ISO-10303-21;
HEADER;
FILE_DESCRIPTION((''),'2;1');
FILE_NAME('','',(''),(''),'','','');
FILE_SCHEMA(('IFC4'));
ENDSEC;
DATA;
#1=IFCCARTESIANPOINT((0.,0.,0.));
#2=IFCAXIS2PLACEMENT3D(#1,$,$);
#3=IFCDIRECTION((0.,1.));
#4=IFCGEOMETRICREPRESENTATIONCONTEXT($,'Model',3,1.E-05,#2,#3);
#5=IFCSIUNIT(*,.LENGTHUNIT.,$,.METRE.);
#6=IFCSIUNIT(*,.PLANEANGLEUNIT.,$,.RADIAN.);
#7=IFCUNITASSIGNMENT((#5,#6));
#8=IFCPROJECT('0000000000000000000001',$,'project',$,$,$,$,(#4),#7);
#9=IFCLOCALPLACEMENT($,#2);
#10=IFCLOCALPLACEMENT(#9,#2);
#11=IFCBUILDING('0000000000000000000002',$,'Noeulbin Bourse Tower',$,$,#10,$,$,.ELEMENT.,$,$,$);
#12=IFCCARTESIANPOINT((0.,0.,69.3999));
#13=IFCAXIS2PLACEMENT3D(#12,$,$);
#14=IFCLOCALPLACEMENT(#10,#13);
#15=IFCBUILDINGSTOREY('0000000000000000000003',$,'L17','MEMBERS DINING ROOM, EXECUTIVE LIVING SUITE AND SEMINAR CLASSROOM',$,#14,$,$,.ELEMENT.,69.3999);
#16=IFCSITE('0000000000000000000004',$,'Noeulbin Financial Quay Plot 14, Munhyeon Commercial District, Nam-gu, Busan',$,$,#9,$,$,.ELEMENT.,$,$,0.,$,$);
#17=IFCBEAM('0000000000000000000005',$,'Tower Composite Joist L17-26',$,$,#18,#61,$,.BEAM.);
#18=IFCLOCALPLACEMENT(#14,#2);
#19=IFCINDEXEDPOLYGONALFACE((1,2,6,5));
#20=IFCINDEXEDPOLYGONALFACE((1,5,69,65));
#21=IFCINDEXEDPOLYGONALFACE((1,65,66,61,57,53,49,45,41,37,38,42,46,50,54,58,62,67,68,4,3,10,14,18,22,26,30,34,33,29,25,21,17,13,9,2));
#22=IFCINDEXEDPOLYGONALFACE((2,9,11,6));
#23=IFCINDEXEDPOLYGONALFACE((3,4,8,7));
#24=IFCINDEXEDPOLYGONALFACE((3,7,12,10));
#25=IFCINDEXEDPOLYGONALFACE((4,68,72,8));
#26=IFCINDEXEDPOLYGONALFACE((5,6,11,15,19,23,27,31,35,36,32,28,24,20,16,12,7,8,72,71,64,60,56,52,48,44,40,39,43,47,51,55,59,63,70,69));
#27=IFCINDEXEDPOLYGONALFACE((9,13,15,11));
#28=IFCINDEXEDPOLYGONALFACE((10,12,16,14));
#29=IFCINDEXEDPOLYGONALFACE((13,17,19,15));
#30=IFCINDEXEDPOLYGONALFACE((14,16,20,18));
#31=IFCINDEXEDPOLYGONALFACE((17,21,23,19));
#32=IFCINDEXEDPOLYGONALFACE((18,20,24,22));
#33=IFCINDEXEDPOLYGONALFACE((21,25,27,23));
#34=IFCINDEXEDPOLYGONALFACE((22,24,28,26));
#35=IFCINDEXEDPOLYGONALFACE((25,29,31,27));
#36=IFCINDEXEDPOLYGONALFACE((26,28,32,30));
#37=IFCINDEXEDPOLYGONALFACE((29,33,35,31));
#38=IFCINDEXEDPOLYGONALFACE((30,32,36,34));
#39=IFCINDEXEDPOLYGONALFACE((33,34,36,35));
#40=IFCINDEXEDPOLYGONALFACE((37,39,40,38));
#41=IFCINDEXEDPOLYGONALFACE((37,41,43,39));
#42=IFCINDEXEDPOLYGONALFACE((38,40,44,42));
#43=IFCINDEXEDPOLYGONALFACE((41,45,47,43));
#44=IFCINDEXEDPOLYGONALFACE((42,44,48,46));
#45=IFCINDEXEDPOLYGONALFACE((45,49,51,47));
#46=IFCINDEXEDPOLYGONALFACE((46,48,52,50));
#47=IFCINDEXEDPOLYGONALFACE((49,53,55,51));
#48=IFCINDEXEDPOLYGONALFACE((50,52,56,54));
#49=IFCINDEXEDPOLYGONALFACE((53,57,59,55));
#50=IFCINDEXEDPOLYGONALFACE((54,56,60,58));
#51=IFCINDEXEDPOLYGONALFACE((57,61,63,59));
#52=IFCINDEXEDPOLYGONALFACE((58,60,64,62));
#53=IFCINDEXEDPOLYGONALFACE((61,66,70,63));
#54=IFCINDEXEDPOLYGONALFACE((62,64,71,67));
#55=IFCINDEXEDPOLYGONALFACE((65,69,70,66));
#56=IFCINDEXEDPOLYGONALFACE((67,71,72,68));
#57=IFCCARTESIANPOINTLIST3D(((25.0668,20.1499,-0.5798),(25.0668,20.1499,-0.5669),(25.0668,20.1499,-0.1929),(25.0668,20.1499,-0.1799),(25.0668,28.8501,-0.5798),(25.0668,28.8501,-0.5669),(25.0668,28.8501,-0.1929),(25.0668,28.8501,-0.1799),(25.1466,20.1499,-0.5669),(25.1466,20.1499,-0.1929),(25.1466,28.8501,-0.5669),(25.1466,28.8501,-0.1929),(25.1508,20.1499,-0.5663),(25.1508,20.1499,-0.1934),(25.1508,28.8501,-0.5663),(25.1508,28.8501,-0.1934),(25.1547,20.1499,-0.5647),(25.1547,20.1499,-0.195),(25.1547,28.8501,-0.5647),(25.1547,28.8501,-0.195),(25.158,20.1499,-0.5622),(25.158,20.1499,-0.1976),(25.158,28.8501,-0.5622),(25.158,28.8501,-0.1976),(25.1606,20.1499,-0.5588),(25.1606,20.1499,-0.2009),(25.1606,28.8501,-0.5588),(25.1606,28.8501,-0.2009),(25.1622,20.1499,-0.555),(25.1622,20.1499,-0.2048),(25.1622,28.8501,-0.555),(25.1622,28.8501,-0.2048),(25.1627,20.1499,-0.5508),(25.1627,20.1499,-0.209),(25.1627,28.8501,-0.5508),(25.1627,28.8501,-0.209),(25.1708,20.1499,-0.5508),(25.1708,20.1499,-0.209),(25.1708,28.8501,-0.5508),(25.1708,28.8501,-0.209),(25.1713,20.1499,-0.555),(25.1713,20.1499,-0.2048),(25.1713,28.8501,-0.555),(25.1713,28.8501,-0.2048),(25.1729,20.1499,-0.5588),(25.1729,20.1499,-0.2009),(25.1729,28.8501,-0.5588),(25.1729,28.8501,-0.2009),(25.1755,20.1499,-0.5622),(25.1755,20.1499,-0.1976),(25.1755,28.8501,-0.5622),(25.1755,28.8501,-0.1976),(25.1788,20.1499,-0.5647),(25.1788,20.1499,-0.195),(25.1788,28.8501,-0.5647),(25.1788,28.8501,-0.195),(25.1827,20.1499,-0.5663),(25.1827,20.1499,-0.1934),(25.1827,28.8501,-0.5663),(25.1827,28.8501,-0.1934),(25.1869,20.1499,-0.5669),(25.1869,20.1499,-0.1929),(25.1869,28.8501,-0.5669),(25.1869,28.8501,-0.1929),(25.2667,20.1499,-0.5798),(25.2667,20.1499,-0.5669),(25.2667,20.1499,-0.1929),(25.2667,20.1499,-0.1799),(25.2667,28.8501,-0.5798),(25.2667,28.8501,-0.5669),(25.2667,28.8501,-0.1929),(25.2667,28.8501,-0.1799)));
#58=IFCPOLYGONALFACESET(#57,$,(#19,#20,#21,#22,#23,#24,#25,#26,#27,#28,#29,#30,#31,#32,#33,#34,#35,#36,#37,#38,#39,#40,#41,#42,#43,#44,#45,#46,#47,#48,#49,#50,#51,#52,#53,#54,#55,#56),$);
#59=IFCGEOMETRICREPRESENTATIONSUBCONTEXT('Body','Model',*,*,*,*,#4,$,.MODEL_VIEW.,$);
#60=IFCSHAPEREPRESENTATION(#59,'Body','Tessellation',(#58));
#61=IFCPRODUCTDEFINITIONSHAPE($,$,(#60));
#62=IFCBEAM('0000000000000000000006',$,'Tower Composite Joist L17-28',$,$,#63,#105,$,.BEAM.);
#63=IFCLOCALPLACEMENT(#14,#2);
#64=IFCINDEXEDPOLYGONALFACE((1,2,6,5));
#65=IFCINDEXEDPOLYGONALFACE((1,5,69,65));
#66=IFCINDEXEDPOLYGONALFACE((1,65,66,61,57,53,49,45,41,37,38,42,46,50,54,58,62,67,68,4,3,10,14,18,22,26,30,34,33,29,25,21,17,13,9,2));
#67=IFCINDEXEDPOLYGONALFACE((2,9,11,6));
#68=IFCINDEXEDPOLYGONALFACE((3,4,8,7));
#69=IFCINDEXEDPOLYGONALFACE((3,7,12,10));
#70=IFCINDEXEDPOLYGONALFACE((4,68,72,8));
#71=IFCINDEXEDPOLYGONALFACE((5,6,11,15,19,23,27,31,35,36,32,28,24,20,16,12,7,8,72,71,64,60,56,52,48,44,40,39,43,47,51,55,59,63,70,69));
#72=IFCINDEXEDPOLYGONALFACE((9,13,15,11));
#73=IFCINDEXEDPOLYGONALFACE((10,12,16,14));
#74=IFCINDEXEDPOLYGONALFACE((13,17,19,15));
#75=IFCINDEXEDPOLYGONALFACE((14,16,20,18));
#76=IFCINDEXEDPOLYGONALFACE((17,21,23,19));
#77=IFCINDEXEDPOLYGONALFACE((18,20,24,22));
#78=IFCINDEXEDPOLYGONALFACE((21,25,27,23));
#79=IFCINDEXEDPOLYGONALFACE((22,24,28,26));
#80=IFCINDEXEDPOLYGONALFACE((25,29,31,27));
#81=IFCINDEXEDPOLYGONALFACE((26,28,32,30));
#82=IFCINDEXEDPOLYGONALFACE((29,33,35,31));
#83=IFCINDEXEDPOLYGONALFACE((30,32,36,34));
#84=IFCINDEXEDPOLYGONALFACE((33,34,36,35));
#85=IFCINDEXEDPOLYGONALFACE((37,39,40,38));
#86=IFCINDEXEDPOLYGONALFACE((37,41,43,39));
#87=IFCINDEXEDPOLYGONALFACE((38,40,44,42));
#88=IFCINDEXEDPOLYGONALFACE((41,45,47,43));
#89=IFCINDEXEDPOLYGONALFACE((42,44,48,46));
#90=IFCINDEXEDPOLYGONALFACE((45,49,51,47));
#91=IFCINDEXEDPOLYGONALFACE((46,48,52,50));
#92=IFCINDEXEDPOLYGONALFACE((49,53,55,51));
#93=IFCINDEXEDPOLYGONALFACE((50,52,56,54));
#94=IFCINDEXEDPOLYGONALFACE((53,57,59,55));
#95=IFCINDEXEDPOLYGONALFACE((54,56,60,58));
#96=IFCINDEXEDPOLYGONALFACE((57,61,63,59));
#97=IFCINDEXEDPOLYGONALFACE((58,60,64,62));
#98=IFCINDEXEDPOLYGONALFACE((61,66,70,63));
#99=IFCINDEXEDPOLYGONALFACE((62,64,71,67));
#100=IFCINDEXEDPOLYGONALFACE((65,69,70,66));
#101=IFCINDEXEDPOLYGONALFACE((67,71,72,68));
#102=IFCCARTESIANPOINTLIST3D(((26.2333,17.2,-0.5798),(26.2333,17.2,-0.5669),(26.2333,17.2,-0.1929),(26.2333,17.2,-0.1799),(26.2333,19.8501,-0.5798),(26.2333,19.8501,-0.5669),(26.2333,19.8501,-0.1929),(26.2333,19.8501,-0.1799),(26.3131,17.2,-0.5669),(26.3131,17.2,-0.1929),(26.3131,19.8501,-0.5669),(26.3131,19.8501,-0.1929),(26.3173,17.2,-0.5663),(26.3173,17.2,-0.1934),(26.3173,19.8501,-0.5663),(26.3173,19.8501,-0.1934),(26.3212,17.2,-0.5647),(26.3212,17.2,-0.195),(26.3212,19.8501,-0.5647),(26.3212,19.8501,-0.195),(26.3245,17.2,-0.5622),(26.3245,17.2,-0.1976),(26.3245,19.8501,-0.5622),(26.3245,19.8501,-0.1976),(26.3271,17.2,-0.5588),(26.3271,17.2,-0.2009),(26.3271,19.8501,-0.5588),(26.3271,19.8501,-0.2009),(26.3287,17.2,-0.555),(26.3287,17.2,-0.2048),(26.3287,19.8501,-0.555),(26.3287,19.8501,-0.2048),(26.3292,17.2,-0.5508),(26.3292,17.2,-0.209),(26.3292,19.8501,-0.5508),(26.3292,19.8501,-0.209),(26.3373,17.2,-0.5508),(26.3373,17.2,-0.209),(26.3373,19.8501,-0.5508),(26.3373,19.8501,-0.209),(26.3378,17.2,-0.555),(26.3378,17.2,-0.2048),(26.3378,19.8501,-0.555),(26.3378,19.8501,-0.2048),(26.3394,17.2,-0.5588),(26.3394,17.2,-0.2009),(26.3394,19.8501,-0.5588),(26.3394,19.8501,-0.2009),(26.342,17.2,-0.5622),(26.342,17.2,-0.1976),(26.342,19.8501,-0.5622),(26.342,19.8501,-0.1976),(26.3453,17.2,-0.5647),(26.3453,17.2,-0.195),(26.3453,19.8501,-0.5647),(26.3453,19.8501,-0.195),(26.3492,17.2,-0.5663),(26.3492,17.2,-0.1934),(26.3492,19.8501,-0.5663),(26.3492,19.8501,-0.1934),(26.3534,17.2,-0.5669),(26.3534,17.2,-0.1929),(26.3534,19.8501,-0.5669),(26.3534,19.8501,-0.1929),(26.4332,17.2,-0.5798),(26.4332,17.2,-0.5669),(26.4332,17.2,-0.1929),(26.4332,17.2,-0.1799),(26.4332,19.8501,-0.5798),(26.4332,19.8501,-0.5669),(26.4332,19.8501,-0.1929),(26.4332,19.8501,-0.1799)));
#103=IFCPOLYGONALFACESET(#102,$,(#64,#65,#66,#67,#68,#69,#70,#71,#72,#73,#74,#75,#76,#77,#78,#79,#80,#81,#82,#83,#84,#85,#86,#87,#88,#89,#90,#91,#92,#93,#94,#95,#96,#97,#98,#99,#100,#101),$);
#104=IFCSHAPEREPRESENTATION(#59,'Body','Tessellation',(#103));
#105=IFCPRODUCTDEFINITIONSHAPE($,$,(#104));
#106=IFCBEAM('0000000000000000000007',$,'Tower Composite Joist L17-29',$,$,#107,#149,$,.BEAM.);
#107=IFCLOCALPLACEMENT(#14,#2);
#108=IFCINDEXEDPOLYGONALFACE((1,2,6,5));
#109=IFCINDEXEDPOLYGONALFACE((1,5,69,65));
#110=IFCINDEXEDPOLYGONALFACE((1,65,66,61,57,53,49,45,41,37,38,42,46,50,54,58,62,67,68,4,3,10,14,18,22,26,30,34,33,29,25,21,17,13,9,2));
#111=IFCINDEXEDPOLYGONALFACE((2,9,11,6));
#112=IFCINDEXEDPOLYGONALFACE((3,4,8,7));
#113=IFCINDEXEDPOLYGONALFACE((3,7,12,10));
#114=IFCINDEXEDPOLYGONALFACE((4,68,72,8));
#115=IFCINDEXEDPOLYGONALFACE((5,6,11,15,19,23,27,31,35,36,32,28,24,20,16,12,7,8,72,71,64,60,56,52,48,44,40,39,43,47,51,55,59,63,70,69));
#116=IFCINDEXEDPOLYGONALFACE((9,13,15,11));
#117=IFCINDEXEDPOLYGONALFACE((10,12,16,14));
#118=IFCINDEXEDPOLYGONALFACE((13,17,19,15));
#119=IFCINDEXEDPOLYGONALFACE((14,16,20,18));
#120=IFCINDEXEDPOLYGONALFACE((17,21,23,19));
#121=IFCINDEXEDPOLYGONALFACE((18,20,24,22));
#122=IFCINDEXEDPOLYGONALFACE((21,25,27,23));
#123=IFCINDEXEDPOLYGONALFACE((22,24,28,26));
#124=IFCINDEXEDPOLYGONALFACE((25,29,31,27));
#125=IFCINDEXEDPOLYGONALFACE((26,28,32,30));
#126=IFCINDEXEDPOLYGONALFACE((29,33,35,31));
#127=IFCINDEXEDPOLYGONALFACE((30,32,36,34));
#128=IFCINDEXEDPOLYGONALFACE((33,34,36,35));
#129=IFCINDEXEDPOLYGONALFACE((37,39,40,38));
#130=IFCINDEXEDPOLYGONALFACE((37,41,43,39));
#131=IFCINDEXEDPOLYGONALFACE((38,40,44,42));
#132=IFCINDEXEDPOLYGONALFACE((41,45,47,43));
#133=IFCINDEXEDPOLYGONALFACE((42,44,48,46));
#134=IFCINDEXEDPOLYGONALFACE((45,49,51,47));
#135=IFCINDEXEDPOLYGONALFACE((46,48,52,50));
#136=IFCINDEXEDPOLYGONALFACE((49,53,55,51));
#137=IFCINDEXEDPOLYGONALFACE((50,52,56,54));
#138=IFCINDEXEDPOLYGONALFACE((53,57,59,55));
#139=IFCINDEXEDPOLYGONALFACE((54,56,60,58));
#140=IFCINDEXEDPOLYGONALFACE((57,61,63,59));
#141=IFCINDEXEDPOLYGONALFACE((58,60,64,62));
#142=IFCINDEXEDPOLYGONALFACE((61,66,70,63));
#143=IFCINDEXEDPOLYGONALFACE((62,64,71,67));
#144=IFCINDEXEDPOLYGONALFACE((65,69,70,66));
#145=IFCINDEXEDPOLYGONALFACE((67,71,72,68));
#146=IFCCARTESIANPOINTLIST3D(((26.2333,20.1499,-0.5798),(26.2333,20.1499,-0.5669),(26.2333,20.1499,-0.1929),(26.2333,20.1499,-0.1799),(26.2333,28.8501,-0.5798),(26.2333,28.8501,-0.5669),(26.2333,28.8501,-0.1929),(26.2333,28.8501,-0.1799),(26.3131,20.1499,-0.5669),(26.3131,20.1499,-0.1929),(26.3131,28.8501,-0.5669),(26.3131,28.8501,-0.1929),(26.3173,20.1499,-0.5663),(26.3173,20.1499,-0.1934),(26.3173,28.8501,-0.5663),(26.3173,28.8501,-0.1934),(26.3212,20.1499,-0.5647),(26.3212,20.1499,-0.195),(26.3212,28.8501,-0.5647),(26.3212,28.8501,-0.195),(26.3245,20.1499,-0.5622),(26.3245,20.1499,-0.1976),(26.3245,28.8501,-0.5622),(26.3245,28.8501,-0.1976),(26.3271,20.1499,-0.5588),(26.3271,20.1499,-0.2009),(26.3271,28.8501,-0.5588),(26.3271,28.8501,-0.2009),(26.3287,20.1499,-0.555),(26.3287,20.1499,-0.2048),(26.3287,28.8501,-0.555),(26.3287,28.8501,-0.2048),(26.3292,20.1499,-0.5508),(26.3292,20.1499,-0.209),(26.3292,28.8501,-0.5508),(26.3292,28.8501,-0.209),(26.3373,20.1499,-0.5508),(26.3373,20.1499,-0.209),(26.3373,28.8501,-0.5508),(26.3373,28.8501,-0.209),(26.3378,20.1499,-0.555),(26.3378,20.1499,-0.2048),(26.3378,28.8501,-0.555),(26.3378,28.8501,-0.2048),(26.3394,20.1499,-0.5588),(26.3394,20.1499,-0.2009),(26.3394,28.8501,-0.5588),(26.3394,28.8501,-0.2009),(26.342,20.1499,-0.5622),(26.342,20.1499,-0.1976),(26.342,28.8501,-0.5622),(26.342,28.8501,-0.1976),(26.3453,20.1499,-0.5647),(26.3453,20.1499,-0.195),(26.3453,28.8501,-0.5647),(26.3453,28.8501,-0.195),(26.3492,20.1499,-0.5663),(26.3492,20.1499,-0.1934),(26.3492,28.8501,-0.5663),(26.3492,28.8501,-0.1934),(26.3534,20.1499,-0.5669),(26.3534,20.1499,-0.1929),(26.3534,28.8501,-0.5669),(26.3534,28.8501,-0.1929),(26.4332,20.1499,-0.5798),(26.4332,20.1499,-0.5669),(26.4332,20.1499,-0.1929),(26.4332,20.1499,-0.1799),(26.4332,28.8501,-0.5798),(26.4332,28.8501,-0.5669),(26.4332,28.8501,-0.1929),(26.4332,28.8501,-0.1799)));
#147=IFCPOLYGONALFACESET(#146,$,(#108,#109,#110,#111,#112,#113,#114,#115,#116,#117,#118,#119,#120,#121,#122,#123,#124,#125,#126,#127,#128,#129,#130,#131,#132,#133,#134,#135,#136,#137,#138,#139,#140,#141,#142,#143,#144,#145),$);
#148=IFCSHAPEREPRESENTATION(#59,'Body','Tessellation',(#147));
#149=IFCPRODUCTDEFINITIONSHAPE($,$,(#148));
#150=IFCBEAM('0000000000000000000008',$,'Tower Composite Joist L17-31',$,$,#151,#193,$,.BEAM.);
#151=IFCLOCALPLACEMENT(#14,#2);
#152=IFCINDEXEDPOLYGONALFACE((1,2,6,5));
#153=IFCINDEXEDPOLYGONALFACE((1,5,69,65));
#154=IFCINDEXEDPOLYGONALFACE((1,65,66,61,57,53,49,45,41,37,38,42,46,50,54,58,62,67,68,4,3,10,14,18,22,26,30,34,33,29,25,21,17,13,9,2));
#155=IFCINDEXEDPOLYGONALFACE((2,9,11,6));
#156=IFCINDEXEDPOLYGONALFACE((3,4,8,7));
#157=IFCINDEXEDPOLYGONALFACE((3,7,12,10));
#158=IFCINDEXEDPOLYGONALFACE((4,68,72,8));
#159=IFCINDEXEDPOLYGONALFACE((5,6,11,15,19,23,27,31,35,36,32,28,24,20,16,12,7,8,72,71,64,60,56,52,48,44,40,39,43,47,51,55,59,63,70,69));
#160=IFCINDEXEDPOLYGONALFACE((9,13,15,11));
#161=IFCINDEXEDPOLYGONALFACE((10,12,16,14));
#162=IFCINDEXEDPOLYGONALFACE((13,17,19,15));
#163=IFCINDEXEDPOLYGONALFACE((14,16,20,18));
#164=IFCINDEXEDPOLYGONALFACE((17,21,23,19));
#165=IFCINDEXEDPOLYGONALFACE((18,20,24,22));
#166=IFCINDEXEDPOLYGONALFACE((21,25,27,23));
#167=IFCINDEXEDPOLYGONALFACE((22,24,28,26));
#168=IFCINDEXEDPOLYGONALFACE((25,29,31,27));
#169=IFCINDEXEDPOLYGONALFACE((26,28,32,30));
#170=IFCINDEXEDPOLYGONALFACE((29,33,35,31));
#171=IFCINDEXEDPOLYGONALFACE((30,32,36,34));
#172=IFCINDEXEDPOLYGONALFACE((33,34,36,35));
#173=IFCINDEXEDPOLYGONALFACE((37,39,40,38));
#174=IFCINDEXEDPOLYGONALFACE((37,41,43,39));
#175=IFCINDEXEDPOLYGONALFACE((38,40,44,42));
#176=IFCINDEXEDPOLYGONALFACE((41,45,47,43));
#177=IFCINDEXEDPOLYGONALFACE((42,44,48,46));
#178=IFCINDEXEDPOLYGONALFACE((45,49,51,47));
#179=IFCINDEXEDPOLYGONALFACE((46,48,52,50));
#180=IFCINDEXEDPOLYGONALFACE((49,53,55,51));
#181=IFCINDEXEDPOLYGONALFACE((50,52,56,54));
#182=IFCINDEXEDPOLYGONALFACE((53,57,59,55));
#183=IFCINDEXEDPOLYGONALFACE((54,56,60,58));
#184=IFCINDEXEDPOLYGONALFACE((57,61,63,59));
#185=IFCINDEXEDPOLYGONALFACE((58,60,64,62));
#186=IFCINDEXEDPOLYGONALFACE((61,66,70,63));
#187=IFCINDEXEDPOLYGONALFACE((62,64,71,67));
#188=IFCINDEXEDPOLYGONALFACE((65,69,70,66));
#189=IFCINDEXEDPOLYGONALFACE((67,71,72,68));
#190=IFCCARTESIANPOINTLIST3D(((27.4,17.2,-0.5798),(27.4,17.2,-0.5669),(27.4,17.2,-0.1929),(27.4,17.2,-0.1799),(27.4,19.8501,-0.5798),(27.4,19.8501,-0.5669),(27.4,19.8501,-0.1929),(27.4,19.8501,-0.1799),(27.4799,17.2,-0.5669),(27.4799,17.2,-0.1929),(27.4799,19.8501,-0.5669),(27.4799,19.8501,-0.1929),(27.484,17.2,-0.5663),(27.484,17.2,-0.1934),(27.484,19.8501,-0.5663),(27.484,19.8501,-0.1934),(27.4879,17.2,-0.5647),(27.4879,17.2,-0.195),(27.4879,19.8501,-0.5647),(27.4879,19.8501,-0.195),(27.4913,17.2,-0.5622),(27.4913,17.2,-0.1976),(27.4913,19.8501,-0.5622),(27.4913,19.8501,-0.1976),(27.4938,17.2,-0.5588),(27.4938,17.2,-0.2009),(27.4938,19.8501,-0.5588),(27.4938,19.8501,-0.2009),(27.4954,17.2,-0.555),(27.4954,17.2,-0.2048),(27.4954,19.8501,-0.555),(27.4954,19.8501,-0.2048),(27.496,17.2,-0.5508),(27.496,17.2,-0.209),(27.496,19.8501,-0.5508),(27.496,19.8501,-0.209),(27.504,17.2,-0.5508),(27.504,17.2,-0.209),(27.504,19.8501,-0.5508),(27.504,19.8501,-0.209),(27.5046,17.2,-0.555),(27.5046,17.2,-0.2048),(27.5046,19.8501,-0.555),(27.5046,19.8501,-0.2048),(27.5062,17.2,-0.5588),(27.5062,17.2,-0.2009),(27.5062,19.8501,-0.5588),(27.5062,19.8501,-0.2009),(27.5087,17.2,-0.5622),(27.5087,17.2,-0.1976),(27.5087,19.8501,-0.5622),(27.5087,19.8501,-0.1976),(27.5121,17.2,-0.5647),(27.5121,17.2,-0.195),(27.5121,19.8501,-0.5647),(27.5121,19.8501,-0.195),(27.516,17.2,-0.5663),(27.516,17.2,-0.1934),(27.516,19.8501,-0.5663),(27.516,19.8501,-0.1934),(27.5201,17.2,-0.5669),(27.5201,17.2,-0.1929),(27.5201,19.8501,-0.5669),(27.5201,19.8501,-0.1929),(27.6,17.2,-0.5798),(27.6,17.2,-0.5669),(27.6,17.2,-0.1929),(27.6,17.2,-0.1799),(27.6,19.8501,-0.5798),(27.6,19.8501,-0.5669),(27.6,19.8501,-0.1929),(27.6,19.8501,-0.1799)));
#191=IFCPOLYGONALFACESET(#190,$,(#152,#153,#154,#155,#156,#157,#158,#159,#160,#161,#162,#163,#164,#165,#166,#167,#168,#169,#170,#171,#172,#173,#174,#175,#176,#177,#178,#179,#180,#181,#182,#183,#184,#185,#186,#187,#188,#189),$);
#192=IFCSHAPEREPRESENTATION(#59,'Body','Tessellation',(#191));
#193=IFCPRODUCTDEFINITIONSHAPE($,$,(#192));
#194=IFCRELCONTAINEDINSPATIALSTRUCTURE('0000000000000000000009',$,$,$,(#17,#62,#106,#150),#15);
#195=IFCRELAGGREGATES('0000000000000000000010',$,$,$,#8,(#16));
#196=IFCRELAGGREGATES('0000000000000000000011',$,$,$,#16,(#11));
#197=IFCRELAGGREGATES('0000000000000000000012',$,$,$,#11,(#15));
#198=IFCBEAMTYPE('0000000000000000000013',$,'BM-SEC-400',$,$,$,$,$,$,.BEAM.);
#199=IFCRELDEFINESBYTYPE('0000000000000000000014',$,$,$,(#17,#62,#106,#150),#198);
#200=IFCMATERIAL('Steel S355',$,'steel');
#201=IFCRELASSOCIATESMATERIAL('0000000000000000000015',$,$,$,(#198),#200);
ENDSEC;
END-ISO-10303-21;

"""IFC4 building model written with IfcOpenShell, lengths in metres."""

from ifc_helpers import new_model, si_unit, direction, frame, origin, origin_2d, place, context, subcontext, project, spatial, i_section, extrude, material, material_profile, profile_set, type_object, element, save


model = new_model("IFC4")

# Units and contexts
model_context = context("Model", 3, precision=1e-05, world=origin(), true_north=direction((0.0, 1.0)))
body_context = subcontext(model_context, "Body", "Model", "MODEL_VIEW")
ifc_project = project(units=[si_unit("LENGTHUNIT", "METRE"), si_unit("PLANEANGLEUNIT", "RADIAN")], contexts=[model_context])

# Site, building, storey
site_placement = place(None, origin())
site = spatial("IfcSite", under=ifc_project, at=site_placement, Name="Noeulbin Financial Quay Plot 14, Munhyeon Commercial District, Nam-gu, Busan", CompositionType="ELEMENT", RefElevation=0.0)
building_placement = place(site_placement, origin())
building = spatial("IfcBuilding", under=site, at=building_placement, Name="Noeulbin Bourse Tower", CompositionType="ELEMENT")
storey_placement = place(building_placement, frame((0.0, 0.0, 69.3999)))
storey = spatial("IfcBuildingStorey", under=building, at=storey_placement, Name="L17", Description="MEMBERS DINING ROOM, EXECUTIVE LIVING SUITE AND SEMINAR CLASSROOM", CompositionType="ELEMENT", Elevation=69.3999)

# Beams
ifc_material_1 = material(Name="Steel S355", Category="steel")
ifc_material_profile_1 = material_profile(ifc_material_1, i_section(OverallWidth=0.2, OverallDepth=0.3999, WebThickness=0.0081, FlangeThickness=0.0129, FilletRadius=0.0161, at=origin_2d()), Name="H-400x200x8x13", Category="LoadBearing")
ifc_profile_set_1 = profile_set([ifc_material_profile_1], Name="Steel S355")
beam_type_1 = type_object("IfcBeamType", Name="BM-SEC-400", PredefinedType="BEAM", material=ifc_profile_set_1)
beam_1_placement = place(storey_placement, frame((25.1667, 20.1499, -0.3799), z_axis=(0.0, 1.0, 0.0), x_axis=(-1.0, 0.0, 0.0)))
element("IfcBeam", 1, at=beam_1_placement, inside=storey, type_object=beam_type_1, Name="Tower Composite Joist L17-26", PredefinedType="BEAM", context=body_context, shape_type="SweptSolid", body=[
    extrude(i_section(OverallWidth=0.2, OverallDepth=0.3999, WebThickness=0.0081, FlangeThickness=0.0129, FilletRadius=0.0161, at=origin_2d()), origin(), (0.0, 0.0, 1.0), 8.7002),
])
beam_2_placement = place(storey_placement, frame((26.3333, 17.2, -0.3799), z_axis=(0.0, 1.0, 0.0), x_axis=(-1.0, 0.0, 0.0)))
element("IfcBeam", 2, at=beam_2_placement, inside=storey, type_object=beam_type_1, Name="Tower Composite Joist L17-28", PredefinedType="BEAM", context=body_context, shape_type="SweptSolid", body=[
    extrude(i_section(OverallWidth=0.2, OverallDepth=0.3999, WebThickness=0.0081, FlangeThickness=0.0129, FilletRadius=0.0161, at=origin_2d()), origin(), (0.0, 0.0, 1.0), 2.6501),
])
beam_3_placement = place(storey_placement, frame((26.3333, 20.1499, -0.3799), z_axis=(0.0, 1.0, 0.0), x_axis=(-1.0, 0.0, 0.0)))
element("IfcBeam", 3, at=beam_3_placement, inside=storey, type_object=beam_type_1, Name="Tower Composite Joist L17-29", PredefinedType="BEAM", context=body_context, shape_type="SweptSolid", body=[
    extrude(i_section(OverallWidth=0.2, OverallDepth=0.3999, WebThickness=0.0081, FlangeThickness=0.0129, FilletRadius=0.0161, at=origin_2d()), origin(), (0.0, 0.0, 1.0), 8.7002),
])
beam_4_placement = place(storey_placement, frame((27.5, 17.2, -0.3799), z_axis=(0.0, 1.0, 0.0), x_axis=(-1.0, 0.0, 0.0)))
element("IfcBeam", 4, at=beam_4_placement, inside=storey, type_object=beam_type_1, Name="Tower Composite Joist L17-31", PredefinedType="BEAM", context=body_context, shape_type="SweptSolid", body=[
    extrude(i_section(OverallWidth=0.2, OverallDepth=0.3999, WebThickness=0.0081, FlangeThickness=0.0129, FilletRadius=0.0161, at=origin_2d()), origin(), (0.0, 0.0, 1.0), 2.6501),
])

save(model, "model.ifc")
